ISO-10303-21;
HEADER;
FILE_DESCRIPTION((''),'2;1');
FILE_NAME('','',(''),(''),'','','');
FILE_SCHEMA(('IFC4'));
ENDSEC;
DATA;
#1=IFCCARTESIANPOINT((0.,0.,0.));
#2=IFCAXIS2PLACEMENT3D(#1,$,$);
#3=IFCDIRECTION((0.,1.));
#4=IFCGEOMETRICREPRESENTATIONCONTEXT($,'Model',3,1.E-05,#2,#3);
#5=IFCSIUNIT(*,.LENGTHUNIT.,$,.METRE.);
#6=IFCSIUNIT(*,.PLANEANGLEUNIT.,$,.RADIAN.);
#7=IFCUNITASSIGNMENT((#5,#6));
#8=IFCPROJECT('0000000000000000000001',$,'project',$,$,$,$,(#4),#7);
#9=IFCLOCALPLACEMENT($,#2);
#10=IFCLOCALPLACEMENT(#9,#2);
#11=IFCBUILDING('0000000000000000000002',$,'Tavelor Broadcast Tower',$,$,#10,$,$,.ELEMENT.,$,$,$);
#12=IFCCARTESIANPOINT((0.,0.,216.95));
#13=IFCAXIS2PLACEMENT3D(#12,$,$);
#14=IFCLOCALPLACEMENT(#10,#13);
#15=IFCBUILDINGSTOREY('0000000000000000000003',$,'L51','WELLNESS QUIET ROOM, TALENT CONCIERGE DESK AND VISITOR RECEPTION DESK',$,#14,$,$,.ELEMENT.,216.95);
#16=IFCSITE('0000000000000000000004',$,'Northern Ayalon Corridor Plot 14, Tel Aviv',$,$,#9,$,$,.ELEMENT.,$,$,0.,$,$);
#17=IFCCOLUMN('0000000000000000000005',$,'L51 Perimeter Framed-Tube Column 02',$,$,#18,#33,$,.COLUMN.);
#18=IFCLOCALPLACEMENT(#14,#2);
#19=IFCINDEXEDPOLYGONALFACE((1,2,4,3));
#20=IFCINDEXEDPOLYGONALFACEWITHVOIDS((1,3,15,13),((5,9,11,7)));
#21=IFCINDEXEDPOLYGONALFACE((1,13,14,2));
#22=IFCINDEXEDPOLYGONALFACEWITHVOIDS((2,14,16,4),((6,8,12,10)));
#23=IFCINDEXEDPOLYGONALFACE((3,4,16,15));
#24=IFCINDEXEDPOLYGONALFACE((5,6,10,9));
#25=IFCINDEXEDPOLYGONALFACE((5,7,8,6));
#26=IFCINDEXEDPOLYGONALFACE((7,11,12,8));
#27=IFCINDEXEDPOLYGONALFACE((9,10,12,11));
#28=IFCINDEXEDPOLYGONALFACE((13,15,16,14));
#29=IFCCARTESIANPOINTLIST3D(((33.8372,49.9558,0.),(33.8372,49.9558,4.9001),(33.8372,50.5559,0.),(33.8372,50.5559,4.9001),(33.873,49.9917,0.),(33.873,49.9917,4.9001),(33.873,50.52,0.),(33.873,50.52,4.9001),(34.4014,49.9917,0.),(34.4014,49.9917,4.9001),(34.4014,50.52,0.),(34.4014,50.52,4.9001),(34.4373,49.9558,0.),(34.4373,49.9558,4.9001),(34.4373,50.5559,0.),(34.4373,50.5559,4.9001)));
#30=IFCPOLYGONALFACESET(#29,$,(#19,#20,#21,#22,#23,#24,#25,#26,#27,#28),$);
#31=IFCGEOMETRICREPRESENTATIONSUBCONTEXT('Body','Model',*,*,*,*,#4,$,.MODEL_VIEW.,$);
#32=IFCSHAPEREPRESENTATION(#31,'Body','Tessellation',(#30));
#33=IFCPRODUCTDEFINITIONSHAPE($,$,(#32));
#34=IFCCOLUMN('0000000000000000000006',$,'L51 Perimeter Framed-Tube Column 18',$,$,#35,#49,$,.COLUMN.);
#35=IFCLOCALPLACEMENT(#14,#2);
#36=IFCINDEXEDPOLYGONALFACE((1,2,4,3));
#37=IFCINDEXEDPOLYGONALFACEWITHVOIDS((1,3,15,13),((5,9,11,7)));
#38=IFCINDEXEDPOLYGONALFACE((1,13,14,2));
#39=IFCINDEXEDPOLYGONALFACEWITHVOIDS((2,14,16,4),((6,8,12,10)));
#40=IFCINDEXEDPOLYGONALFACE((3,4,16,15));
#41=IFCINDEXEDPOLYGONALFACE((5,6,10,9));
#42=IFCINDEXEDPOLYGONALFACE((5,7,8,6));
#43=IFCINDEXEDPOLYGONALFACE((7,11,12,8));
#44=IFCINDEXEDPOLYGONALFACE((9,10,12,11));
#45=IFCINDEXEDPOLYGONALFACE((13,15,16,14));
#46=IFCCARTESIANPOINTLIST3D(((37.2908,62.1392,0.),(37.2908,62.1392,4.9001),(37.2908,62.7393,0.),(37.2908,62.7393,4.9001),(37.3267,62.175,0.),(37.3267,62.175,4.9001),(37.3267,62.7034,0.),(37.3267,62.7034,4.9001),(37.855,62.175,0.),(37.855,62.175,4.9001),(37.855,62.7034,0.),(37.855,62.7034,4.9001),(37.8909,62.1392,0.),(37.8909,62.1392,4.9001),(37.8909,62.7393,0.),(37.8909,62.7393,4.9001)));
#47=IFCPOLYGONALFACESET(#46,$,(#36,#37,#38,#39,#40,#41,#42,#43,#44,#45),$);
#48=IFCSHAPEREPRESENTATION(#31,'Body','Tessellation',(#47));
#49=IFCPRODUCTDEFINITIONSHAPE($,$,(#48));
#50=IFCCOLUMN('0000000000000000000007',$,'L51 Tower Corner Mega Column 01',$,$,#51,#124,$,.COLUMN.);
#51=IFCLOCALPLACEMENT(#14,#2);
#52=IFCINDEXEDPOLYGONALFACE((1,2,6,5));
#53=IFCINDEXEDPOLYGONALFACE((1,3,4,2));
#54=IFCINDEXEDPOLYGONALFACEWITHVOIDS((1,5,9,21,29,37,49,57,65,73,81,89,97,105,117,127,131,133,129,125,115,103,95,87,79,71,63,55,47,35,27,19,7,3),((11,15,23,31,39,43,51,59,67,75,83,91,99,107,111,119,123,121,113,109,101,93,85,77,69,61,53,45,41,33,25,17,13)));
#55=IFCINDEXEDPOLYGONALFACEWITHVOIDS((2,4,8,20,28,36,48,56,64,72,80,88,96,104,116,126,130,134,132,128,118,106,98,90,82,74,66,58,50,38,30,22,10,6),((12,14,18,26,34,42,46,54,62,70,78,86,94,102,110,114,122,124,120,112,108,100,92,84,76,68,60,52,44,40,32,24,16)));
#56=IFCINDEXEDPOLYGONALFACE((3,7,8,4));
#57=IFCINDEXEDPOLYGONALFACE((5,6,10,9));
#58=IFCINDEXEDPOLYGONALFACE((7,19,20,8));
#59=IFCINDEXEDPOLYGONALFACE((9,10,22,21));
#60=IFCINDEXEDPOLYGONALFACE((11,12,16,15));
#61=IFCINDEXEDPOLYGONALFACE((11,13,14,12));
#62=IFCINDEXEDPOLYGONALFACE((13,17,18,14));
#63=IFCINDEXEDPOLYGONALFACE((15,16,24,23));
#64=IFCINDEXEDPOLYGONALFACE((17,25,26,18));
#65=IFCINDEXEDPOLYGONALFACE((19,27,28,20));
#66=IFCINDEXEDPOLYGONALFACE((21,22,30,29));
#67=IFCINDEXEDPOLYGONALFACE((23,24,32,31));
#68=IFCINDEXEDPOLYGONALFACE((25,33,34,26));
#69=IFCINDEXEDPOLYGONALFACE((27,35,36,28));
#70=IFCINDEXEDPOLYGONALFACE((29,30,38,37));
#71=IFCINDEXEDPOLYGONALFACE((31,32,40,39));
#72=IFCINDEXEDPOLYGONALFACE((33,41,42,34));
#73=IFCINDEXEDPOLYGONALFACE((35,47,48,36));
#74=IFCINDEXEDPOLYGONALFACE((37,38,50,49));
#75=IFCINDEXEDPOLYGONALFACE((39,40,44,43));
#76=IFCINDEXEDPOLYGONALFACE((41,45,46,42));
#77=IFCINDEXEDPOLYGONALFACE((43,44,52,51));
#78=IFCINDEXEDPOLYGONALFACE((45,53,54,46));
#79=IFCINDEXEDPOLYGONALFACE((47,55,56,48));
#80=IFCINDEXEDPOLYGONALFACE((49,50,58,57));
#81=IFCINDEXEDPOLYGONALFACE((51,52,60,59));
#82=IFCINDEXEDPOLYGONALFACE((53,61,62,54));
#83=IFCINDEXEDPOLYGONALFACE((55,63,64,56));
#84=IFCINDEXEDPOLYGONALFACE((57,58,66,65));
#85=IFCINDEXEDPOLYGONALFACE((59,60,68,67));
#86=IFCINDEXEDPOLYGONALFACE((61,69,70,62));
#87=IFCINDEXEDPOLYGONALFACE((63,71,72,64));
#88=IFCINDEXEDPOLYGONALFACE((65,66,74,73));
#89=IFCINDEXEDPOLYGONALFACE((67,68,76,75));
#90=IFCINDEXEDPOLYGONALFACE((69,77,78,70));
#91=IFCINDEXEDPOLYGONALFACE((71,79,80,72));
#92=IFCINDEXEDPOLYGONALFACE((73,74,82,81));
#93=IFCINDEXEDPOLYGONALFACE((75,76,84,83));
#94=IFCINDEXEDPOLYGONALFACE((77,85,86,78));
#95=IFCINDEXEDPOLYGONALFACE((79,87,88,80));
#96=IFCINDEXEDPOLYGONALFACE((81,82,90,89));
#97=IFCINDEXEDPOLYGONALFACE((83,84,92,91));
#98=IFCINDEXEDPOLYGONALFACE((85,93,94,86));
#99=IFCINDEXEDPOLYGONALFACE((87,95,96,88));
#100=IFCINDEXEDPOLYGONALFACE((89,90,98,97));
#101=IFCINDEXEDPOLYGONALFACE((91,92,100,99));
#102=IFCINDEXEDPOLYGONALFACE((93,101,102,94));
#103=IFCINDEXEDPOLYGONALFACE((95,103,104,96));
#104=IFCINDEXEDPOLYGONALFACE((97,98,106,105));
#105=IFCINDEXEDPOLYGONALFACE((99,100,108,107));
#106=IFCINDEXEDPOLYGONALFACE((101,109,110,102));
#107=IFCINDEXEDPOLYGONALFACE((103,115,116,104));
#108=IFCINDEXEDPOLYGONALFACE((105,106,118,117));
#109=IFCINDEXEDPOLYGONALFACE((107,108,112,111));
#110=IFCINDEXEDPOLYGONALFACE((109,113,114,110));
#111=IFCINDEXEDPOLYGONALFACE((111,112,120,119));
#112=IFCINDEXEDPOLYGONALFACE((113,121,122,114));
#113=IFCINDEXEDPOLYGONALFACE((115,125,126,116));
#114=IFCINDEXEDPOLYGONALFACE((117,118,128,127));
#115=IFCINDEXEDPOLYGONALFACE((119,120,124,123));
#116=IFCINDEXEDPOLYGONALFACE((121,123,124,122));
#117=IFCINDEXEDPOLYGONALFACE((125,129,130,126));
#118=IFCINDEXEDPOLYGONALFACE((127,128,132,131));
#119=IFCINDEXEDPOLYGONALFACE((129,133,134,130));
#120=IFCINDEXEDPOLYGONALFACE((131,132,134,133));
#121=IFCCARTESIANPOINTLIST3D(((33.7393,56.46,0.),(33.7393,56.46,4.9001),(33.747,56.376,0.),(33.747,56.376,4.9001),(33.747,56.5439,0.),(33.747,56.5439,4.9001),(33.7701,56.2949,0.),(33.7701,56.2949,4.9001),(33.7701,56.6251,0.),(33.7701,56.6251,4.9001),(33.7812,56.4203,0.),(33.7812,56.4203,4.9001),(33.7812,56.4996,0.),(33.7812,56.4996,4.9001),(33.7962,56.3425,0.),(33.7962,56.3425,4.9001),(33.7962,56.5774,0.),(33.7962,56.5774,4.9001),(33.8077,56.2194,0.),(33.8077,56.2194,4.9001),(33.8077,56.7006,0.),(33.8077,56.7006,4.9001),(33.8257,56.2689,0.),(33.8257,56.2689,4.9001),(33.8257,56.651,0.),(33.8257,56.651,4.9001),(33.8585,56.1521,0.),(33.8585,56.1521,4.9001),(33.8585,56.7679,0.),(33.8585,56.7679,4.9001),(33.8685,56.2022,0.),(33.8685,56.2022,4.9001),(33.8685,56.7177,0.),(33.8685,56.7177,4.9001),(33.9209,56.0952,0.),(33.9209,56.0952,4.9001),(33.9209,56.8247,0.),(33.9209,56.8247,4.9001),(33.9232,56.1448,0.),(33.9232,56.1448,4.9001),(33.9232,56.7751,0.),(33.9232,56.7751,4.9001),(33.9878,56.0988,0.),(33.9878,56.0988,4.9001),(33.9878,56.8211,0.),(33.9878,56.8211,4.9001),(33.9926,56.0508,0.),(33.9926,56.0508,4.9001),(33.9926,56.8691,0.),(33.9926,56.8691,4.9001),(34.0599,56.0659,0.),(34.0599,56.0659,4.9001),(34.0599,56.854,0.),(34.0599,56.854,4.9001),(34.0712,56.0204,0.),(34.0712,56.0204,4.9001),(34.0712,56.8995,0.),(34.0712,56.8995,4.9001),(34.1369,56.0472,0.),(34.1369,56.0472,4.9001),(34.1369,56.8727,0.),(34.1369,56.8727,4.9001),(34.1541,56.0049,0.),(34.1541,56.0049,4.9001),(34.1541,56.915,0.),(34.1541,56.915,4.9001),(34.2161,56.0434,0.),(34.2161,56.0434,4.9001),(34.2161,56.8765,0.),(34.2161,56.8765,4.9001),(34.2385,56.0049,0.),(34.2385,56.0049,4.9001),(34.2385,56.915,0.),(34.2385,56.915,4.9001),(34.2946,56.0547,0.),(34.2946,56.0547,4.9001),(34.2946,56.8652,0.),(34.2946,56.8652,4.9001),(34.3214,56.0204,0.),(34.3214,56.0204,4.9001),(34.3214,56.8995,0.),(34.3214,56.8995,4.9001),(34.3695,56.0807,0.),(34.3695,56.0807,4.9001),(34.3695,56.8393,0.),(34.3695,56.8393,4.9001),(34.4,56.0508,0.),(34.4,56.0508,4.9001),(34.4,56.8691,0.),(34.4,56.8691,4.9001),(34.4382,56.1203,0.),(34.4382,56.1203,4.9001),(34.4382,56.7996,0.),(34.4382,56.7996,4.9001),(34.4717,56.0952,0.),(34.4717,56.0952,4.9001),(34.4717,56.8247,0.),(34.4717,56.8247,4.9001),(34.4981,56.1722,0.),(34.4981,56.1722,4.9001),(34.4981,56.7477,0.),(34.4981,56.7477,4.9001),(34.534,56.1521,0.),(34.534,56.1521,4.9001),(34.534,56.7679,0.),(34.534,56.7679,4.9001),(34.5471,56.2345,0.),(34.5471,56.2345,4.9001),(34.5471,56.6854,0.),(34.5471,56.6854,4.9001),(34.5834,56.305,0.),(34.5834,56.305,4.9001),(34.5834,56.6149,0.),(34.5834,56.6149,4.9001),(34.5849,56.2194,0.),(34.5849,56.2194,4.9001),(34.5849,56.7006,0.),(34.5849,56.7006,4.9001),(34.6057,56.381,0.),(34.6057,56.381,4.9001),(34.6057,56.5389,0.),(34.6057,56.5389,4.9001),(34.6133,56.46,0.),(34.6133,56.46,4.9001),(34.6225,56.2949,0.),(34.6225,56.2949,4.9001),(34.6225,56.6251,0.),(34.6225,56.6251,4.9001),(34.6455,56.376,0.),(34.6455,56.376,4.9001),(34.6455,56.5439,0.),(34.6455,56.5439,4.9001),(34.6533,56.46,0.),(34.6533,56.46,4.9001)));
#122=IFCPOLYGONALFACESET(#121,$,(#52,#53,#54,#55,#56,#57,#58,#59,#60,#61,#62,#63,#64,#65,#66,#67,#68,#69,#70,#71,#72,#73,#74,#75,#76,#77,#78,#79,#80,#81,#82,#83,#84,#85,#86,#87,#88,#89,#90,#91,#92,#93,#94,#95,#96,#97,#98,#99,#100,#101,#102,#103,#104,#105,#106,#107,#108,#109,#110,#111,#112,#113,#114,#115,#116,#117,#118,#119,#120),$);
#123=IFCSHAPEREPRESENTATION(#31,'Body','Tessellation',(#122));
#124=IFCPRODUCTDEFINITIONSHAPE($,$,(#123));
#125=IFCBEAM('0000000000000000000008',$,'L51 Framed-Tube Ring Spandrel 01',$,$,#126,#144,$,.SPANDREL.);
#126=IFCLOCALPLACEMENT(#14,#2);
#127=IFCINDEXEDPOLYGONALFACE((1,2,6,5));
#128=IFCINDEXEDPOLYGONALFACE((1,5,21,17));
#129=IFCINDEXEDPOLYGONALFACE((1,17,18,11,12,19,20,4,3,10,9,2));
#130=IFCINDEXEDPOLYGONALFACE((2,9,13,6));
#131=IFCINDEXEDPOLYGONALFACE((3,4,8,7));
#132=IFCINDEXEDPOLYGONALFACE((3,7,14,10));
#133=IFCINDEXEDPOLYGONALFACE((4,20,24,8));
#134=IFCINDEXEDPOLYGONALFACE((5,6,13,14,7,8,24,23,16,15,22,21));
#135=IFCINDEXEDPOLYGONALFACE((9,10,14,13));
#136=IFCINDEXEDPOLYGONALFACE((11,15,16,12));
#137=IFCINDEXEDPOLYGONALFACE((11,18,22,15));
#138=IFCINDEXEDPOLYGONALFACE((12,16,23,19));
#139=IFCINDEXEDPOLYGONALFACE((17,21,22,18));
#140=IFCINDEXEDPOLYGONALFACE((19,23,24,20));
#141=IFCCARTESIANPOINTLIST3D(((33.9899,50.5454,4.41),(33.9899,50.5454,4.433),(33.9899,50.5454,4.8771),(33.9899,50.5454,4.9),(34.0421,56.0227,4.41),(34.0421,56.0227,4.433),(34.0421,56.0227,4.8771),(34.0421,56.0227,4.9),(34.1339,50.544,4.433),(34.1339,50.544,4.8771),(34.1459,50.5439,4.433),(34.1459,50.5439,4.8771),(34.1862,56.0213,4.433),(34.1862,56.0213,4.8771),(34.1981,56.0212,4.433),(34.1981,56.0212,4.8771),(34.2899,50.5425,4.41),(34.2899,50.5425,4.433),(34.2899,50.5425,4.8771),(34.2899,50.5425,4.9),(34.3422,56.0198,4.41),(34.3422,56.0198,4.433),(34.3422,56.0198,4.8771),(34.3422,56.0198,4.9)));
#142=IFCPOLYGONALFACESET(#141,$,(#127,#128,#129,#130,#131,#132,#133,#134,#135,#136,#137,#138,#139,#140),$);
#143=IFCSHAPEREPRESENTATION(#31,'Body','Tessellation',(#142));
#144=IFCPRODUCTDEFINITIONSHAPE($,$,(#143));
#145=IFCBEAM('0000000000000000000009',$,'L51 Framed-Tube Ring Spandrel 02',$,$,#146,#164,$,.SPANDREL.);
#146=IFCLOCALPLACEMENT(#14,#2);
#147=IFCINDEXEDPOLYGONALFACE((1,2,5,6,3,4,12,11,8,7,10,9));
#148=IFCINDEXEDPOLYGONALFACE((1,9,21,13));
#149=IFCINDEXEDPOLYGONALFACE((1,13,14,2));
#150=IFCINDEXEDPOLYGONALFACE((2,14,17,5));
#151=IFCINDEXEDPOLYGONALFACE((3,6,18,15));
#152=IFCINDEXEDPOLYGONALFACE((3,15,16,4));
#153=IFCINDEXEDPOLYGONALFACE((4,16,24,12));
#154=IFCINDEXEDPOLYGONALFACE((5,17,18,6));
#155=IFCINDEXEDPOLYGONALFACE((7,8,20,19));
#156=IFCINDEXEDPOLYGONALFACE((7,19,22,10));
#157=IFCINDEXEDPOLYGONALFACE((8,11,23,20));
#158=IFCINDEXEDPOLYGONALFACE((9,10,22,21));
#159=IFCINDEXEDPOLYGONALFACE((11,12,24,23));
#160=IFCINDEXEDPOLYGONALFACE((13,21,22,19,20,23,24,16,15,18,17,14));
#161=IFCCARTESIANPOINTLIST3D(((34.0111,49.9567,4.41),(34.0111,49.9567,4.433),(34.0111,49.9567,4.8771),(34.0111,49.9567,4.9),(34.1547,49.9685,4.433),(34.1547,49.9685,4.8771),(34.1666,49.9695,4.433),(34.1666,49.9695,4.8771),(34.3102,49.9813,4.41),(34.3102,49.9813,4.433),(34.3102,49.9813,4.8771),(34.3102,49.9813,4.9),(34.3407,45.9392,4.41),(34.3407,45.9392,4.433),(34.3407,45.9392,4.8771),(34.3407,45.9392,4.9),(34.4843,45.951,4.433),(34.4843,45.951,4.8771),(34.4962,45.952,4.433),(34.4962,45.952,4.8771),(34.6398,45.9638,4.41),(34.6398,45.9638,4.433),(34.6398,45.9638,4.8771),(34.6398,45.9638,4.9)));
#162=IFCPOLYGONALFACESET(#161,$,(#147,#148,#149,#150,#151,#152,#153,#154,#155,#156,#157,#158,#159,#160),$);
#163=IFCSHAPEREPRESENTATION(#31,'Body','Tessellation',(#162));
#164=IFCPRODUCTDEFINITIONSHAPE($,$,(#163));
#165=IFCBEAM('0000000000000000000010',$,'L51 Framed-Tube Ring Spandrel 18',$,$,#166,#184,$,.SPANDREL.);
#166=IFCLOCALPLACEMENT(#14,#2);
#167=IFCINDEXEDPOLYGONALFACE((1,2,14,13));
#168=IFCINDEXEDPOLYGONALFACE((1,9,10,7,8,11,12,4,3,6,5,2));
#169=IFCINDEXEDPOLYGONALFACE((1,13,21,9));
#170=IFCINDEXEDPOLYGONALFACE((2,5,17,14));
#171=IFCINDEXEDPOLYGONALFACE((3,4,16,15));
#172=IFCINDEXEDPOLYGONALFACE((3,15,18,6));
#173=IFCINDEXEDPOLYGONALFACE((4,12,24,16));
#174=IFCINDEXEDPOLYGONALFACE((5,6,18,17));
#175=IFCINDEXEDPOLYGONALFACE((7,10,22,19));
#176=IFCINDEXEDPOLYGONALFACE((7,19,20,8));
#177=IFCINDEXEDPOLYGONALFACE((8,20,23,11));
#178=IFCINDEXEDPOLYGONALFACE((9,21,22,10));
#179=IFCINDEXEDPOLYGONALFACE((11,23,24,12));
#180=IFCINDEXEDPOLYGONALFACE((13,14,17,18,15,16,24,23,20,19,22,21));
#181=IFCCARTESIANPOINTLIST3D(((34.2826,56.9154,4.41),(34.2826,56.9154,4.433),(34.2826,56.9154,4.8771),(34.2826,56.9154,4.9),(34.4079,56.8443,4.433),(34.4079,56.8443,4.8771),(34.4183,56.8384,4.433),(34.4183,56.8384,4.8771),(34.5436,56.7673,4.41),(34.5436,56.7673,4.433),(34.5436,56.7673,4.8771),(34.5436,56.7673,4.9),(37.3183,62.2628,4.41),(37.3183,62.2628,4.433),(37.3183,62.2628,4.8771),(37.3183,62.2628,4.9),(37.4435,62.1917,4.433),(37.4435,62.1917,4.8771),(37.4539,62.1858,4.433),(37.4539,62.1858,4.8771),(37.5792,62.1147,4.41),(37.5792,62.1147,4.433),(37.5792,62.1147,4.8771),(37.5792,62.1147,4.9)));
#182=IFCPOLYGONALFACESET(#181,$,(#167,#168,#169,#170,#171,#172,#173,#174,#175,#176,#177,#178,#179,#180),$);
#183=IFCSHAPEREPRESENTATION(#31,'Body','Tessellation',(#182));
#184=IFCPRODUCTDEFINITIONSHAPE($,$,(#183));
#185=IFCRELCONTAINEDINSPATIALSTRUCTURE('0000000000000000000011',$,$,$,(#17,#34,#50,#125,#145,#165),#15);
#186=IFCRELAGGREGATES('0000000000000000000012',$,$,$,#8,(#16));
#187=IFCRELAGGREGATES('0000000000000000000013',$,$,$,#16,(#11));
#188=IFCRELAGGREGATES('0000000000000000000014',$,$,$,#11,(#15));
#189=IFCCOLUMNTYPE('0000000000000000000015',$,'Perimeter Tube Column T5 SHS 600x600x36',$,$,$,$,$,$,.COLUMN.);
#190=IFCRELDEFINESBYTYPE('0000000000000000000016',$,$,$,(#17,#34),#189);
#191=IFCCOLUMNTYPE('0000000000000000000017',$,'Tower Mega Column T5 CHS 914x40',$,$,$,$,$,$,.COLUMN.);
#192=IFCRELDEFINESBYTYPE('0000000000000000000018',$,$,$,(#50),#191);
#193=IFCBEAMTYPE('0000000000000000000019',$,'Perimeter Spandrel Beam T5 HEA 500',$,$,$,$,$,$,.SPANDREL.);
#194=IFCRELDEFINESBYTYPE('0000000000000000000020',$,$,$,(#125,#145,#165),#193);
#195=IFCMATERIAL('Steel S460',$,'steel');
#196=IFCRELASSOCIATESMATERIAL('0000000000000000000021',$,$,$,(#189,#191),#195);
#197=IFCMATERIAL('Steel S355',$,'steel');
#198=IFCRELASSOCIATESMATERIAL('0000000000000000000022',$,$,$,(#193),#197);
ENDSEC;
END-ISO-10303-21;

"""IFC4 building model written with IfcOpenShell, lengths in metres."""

from ifc_helpers import new_model, si_unit, direction, frame, origin, origin_2d, place, context, subcontext, project, spatial, hollow_rectangle, hollow_circle, i_section, extrude, material, material_profile, profile_set, type_object, element, save


model = new_model("IFC4")

# Units and contexts
model_context = context("Model", 3, precision=1e-05, world=origin(), true_north=direction((0.0, 1.0)))
body_context = subcontext(model_context, "Body", "Model", "MODEL_VIEW")
ifc_project = project(units=[si_unit("LENGTHUNIT", "METRE"), si_unit("PLANEANGLEUNIT", "RADIAN")], contexts=[model_context])

# Site, building, storey
site_placement = place(None, origin())
site = spatial("IfcSite", under=ifc_project, at=site_placement, Name="Northern Ayalon Corridor Plot 14, Tel Aviv", CompositionType="ELEMENT", RefElevation=0.0)
building_placement = place(site_placement, origin())
building = spatial("IfcBuilding", under=site, at=building_placement, Name="Tavelor Broadcast Tower", CompositionType="ELEMENT")
storey_placement = place(building_placement, frame((0.0, 0.0, 216.95)))
storey = spatial("IfcBuildingStorey", under=building, at=storey_placement, Name="L51", Description="WELLNESS QUIET ROOM, TALENT CONCIERGE DESK AND VISITOR RECEPTION DESK", CompositionType="ELEMENT", Elevation=216.95)

# Columns
ifc_material_1 = material(Name="Steel S460", Category="steel")
ifc_material_profile_1 = material_profile(ifc_material_1, hollow_rectangle(XDim=0.6001, YDim=0.6001, WallThickness=0.0359, at=origin_2d()), Name="SHS 600x600x36")
ifc_profile_set_1 = profile_set([ifc_material_profile_1], Name="Steel S460")
column_type_1 = type_object("IfcColumnType", Name="Perimeter Tube Column T5 SHS 600x600x36", PredefinedType="COLUMN", material=ifc_profile_set_1)
for number, where, z_axis, x_axis, name in (
    (1, (34.1372, 50.2559, 0.0), (0.0, 0.0, 1.0), (1.0, 0.0, 0.0), "L51 Perimeter Framed-Tube Column 02"),
    (2, (37.5908, 62.4392, 0.0), (0.0, 0.0, 1.0), (1.0, 0.0, 0.0), "L51 Perimeter Framed-Tube Column 18"),
):
    element("IfcColumn", number, at=place(storey_placement, frame(where, z_axis=z_axis, x_axis=x_axis)), inside=storey, type_object=column_type_1, Name=name, PredefinedType="COLUMN", context=body_context, shape_type="SweptSolid", body=[
        extrude(hollow_rectangle(XDim=0.6001, YDim=0.6001, WallThickness=0.0359, at=origin_2d()), origin(), (0.0, 0.0, 1.0), 4.9001),
    ])
ifc_material_profile_2 = material_profile(ifc_material_1, hollow_circle(Radius=0.457, WallThickness=0.04, at=origin_2d()), Name="CHS 914x40")
ifc_profile_set_2 = profile_set([ifc_material_profile_2], Name="Steel S460")
column_type_2 = type_object("IfcColumnType", Name="Tower Mega Column T5 CHS 914x40", PredefinedType="COLUMN", material=ifc_profile_set_2)
column_placement = place(storey_placement, frame((34.1963, 56.46, 0.0), z_axis=(0.0, 0.0, 1.0), x_axis=(1.0, 0.0, 0.0)))
element("IfcColumn", 3, at=column_placement, inside=storey, type_object=column_type_2, Name="L51 Tower Corner Mega Column 01", PredefinedType="COLUMN", context=body_context, shape_type="SweptSolid", body=[
    extrude(hollow_circle(Radius=0.457, WallThickness=0.04, at=origin_2d()), origin(), (0.0, 0.0, 1.0), 4.9001),
])

# Beams
ifc_material_2 = material(Name="Steel S355", Category="steel")
ifc_material_profile_3 = material_profile(ifc_material_2, i_section(OverallWidth=0.3, OverallDepth=0.49, WebThickness=0.012, FlangeThickness=0.0229, at=origin_2d()), Name="HEA 500")
ifc_profile_set_3 = profile_set([ifc_material_profile_3], Name="Steel S355")
beam_type = type_object("IfcBeamType", Name="Perimeter Spandrel Beam T5 HEA 500", PredefinedType="SPANDREL", material=ifc_profile_set_3)
beam_1_placement = place(storey_placement, frame((34.1921, 56.0212, 4.655), z_axis=(-0.009538, -0.999955, 0.0), x_axis=(0.999955, -0.009538, 0.0)))
element("IfcBeam", 4, at=beam_1_placement, inside=storey, type_object=beam_type, Name="L51 Framed-Tube Ring Spandrel 01", PredefinedType="SPANDREL", context=body_context, shape_type="SweptSolid", body=[
    extrude(i_section(OverallWidth=0.3, OverallDepth=0.49, WebThickness=0.012, FlangeThickness=0.0229, at=origin_2d()), origin(), (0.0, 0.0, 1.0), 5.4775),
])
beam_2_placement = place(storey_placement, frame((34.1606, 49.969, 4.655), z_axis=(0.081762, -0.996652, 0.0), x_axis=(0.996652, 0.081762, 0.0)))
element("IfcBeam", 5, at=beam_2_placement, inside=storey, type_object=beam_type, Name="L51 Framed-Tube Ring Spandrel 02", PredefinedType="SPANDREL", context=body_context, shape_type="SweptSolid", body=[
    extrude(i_section(OverallWidth=0.3, OverallDepth=0.49, WebThickness=0.012, FlangeThickness=0.0229, at=origin_2d()), origin(), (0.0, 0.0, 1.0), 4.031),
])
beam_3_placement = place(storey_placement, frame((37.4487, 62.1887, 4.655), z_axis=(-0.493683, -0.869642, 0.0), x_axis=(0.869642, -0.493683, 0.0)))
element("IfcBeam", 6, at=beam_3_placement, inside=storey, type_object=beam_type, Name="L51 Framed-Tube Ring Spandrel 18", PredefinedType="SPANDREL", context=body_context, shape_type="SweptSolid", body=[
    extrude(i_section(OverallWidth=0.3, OverallDepth=0.49, WebThickness=0.012, FlangeThickness=0.0229, at=origin_2d()), origin(), (0.0, 0.0, 1.0), 6.1489),
])

save(model, "model.ifc")
